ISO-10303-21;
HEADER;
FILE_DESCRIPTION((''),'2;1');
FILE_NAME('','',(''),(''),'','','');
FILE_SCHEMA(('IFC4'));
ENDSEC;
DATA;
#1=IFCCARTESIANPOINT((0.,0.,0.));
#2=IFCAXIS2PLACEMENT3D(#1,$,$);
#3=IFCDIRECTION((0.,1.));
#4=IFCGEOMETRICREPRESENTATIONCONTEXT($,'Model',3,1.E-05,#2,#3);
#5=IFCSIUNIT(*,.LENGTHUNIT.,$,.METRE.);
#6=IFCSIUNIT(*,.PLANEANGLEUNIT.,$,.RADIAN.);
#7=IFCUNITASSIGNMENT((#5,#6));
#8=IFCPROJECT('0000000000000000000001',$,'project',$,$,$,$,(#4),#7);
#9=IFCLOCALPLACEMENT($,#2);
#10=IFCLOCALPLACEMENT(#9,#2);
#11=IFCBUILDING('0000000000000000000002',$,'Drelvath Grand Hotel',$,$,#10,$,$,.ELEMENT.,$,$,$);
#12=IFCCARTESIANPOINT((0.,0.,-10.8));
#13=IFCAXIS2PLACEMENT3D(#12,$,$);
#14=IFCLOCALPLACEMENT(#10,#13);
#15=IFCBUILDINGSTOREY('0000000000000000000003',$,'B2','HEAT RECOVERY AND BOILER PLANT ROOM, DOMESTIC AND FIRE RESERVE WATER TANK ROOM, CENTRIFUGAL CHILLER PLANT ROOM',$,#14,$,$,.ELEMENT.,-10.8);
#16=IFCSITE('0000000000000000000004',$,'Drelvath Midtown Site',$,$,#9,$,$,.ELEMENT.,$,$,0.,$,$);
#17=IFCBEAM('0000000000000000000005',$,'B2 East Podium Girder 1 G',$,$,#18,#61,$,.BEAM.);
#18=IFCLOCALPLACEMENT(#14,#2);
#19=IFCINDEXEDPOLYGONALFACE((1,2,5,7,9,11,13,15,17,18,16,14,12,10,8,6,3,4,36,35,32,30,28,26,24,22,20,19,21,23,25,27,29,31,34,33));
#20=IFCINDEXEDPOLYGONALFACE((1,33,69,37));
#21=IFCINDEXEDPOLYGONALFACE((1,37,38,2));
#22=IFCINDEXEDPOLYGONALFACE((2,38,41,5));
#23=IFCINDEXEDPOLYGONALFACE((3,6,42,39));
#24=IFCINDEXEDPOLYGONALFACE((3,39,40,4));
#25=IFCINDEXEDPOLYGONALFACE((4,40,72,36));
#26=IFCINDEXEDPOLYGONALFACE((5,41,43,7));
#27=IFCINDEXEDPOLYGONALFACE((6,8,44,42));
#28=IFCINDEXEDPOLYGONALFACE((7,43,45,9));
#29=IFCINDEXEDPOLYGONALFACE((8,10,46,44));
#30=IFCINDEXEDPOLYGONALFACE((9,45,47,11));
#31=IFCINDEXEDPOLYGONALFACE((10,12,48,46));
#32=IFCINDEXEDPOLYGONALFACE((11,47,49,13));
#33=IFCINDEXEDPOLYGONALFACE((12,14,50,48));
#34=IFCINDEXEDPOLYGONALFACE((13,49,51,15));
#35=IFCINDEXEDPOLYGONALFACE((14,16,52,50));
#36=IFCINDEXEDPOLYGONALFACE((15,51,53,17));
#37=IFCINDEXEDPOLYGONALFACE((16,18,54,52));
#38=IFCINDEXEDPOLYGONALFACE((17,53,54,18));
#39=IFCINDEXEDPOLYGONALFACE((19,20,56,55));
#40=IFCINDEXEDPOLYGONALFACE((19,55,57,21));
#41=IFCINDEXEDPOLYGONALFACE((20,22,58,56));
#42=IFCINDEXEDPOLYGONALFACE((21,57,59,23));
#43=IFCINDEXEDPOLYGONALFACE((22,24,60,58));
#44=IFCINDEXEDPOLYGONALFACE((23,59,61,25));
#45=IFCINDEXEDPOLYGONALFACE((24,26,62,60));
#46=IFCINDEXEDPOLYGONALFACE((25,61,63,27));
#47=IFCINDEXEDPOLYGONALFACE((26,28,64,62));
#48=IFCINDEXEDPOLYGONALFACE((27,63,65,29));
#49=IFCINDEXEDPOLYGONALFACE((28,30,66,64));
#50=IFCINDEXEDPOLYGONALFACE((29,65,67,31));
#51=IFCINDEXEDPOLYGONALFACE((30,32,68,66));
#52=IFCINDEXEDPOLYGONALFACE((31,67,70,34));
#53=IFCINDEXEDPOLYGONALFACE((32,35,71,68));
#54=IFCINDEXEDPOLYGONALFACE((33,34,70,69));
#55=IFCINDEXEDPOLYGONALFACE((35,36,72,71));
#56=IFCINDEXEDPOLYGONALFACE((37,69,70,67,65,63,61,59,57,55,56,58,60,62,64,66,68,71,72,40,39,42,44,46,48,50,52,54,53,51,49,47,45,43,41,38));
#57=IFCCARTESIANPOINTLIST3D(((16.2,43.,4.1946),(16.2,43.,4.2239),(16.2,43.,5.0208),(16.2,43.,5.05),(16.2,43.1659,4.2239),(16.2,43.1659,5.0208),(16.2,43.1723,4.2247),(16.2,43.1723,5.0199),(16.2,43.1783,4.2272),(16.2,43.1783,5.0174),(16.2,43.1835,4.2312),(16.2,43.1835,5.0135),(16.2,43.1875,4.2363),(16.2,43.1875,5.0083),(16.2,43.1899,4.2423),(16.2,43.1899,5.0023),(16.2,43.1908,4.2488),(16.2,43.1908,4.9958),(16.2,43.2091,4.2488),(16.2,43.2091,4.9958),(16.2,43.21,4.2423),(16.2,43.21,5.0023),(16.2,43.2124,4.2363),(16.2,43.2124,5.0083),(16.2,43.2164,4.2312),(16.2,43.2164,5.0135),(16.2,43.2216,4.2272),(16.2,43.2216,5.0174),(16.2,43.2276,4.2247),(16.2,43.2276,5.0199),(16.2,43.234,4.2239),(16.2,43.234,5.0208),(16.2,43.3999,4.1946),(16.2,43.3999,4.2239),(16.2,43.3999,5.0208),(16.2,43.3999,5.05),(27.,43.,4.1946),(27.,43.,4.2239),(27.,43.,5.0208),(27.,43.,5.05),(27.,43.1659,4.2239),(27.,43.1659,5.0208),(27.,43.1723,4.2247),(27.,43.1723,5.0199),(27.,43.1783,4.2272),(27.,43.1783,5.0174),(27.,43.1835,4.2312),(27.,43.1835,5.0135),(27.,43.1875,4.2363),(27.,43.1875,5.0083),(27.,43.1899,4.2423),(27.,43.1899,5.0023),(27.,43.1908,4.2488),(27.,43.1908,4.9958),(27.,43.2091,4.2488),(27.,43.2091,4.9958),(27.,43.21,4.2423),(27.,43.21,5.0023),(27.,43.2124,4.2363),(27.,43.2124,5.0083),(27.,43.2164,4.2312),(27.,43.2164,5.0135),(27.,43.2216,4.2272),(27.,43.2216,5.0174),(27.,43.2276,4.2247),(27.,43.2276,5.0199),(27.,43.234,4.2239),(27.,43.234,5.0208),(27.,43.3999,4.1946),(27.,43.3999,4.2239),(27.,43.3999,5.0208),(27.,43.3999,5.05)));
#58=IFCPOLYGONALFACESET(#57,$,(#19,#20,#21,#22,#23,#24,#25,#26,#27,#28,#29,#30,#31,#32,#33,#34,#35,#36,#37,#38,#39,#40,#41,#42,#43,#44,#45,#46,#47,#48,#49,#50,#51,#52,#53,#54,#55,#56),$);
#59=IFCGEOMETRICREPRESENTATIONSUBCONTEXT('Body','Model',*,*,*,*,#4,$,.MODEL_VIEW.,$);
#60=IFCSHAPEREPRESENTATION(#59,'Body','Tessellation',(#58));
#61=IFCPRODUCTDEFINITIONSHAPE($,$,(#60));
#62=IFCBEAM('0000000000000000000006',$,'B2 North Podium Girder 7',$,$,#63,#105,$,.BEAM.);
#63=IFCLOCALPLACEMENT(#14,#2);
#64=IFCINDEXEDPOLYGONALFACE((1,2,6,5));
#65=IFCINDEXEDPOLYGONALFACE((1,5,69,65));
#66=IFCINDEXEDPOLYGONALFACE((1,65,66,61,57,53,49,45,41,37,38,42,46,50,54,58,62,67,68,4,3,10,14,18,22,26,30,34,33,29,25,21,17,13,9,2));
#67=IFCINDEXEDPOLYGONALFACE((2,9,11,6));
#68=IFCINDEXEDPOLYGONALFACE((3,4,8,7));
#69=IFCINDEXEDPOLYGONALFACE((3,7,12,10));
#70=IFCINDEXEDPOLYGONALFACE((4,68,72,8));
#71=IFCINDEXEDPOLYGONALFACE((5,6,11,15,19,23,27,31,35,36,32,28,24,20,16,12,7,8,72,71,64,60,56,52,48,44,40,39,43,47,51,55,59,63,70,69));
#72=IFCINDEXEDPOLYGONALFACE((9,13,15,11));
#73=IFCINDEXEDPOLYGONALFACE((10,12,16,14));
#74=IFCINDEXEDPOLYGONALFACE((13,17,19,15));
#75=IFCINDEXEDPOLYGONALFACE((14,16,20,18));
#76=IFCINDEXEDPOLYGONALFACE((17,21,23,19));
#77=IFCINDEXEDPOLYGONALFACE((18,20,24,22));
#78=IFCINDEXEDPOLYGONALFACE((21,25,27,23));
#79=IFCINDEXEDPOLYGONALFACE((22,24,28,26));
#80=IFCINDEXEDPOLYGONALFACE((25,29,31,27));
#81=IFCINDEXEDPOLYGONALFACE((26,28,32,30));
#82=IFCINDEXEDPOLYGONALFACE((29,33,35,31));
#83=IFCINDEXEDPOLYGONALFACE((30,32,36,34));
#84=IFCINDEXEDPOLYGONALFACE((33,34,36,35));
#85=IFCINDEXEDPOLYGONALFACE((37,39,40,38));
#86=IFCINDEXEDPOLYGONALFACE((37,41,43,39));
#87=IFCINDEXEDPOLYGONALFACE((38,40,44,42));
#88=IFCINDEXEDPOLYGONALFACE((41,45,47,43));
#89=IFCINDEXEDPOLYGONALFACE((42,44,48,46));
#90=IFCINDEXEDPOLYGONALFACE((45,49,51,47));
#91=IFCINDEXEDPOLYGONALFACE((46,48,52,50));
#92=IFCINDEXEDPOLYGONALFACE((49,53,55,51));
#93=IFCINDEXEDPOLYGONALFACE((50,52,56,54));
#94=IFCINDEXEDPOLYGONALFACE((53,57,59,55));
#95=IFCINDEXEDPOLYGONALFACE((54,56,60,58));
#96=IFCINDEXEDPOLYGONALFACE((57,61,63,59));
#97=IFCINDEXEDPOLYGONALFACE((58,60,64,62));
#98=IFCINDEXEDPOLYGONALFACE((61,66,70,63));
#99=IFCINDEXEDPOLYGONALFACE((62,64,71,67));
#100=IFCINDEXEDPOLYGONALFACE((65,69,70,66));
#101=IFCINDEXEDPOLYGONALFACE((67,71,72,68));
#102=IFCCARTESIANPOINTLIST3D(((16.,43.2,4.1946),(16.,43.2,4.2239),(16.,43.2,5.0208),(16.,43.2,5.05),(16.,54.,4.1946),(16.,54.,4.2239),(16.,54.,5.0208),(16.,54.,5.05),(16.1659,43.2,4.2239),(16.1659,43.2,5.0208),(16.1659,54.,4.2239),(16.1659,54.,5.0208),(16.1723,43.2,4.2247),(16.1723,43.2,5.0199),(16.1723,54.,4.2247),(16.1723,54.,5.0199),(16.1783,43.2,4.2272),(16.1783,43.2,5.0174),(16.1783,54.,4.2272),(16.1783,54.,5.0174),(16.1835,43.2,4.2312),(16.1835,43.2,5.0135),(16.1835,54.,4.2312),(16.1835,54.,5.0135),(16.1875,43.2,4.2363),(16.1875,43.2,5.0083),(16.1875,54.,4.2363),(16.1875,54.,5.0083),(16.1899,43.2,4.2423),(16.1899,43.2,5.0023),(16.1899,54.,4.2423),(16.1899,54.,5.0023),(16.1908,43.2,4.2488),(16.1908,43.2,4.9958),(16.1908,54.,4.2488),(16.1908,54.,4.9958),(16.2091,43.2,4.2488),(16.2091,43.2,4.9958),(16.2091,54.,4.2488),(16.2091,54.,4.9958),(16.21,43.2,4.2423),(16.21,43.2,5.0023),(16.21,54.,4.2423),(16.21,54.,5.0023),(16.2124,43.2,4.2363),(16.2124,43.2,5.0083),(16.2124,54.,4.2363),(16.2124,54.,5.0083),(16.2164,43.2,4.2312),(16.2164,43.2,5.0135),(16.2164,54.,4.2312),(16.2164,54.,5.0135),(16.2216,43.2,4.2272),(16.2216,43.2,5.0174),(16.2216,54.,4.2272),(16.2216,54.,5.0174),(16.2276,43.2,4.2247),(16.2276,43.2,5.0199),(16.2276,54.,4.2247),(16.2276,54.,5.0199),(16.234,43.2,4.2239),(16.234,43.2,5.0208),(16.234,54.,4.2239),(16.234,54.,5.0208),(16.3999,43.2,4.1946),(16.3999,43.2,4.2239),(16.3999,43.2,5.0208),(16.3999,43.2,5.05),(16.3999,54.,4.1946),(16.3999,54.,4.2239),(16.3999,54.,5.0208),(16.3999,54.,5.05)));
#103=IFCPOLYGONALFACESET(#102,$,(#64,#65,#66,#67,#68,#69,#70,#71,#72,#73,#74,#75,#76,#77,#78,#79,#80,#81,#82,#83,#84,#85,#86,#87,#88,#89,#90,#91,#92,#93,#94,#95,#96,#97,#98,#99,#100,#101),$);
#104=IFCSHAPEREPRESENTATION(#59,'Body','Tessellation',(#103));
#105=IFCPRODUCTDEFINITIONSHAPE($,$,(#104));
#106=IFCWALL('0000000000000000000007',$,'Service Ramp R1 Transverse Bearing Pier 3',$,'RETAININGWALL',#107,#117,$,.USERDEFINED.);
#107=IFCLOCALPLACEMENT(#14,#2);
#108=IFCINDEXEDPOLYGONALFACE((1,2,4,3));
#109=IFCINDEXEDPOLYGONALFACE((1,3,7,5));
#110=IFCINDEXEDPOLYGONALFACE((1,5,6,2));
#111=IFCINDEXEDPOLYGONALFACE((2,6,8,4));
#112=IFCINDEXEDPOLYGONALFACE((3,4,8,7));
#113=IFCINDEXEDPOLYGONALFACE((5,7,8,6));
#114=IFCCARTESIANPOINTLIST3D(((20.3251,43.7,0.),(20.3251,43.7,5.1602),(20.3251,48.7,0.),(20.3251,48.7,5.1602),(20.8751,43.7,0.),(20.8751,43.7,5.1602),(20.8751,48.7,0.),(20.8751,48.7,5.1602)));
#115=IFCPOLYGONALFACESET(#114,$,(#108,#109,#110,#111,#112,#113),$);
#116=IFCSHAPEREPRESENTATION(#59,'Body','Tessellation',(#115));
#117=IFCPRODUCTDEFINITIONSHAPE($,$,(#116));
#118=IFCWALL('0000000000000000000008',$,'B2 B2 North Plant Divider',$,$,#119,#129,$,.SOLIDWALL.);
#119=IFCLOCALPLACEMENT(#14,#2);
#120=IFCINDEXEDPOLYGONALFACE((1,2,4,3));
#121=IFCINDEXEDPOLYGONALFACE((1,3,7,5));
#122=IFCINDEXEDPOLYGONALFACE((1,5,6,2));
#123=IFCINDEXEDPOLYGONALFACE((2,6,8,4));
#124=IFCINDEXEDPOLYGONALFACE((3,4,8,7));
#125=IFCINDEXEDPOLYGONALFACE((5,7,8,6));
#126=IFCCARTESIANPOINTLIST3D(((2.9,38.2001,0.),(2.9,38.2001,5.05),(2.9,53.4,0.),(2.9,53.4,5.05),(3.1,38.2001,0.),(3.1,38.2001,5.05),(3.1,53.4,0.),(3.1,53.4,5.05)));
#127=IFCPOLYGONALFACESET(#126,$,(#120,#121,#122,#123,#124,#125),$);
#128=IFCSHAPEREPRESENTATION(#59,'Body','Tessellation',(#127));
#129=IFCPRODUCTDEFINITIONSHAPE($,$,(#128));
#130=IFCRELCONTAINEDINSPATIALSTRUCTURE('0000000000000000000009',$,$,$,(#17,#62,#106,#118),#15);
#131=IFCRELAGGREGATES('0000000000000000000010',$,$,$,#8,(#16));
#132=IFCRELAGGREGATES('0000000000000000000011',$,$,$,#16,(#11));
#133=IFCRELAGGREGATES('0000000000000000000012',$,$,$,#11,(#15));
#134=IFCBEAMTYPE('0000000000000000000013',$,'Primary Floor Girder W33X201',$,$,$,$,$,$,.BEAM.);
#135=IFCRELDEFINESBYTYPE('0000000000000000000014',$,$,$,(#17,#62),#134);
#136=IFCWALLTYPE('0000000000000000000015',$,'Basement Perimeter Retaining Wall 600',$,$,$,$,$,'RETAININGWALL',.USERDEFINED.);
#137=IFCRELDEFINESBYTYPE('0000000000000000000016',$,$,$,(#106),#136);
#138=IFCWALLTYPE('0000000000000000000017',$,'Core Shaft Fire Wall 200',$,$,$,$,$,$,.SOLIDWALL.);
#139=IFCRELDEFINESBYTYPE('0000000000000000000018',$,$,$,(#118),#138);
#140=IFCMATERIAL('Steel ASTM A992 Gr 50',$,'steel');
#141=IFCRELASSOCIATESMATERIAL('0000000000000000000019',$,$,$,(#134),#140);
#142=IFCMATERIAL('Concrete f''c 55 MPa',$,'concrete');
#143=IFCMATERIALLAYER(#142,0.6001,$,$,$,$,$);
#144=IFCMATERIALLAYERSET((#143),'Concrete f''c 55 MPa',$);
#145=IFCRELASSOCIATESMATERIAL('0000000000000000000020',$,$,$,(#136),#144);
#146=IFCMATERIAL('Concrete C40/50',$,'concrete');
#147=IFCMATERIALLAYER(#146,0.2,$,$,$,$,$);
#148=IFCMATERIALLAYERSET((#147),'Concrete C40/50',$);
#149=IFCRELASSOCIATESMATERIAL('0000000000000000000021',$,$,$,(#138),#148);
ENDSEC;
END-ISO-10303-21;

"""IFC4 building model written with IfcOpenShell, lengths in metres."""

from ifc_helpers import new_model, si_unit, direction, frame, frame_2d, origin, origin_2d, place, context, subcontext, project, spatial, rectangle, i_section, extrude, material, layer, layer_set, material_profile, profile_set, type_object, element, save


model = new_model("IFC4")

# Units and contexts
model_context = context("Model", 3, precision=1e-05, world=origin(), true_north=direction((0.0, 1.0)))
body_context = subcontext(model_context, "Body", "Model", "MODEL_VIEW")
ifc_project = project(units=[si_unit("LENGTHUNIT", "METRE"), si_unit("PLANEANGLEUNIT", "RADIAN")], contexts=[model_context])

# Site, building, storey
site_placement = place(None, origin())
site = spatial("IfcSite", under=ifc_project, at=site_placement, Name="Drelvath Midtown Site", CompositionType="ELEMENT", RefElevation=0.0)
building_placement = place(site_placement, origin())
building = spatial("IfcBuilding", under=site, at=building_placement, Name="Drelvath Grand Hotel", CompositionType="ELEMENT")
storey_placement = place(building_placement, frame((0.0, 0.0, -10.8)))
storey = spatial("IfcBuildingStorey", under=building, at=storey_placement, Name="B2", Description="HEAT RECOVERY AND BOILER PLANT ROOM, DOMESTIC AND FIRE RESERVE WATER TANK ROOM, CENTRIFUGAL CHILLER PLANT ROOM", CompositionType="ELEMENT", Elevation=-10.8)

# Shared definitions
ifc_material_1 = material(Name="Concrete f'c 55 MPa", Category="concrete")

# Beams
ifc_material_2 = material(Name="Steel ASTM A992 Gr 50", Category="steel")
ifc_material_profile_1 = material_profile(ifc_material_2, i_section(OverallWidth=0.3999, OverallDepth=0.8555, WebThickness=0.0183, FlangeThickness=0.0293, FilletRadius=0.0249, at=origin_2d()), Name="W33X201")
ifc_profile_set_1 = profile_set([ifc_material_profile_1], Name="Steel ASTM A992 Gr 50")
beam_type_1 = type_object("IfcBeamType", Name="Primary Floor Girder W33X201", PredefinedType="BEAM", material=ifc_profile_set_1)
for number, where, z_axis, x_axis, name in (
    (1, (16.2, 43.2, 4.6223), (1.0, 0.0, 0.0), (0.0, 1.0, 0.0), "B2 East Podium Girder 1 G"),
    (2, (16.2, 43.2, 4.6223), (0.0, 1.0, 0.0), (-1.0, 0.0, 0.0), "B2 North Podium Girder 7"),
):
    element("IfcBeam", number, at=place(storey_placement, frame(where, z_axis=z_axis, x_axis=x_axis)), inside=storey, type_object=beam_type_1, Name=name, PredefinedType="BEAM", context=body_context, shape_type="SweptSolid", body=[
        extrude(i_section(OverallWidth=0.3999, OverallDepth=0.8555, WebThickness=0.0183, FlangeThickness=0.0293, FilletRadius=0.0249, at=origin_2d()), origin(), (0.0, 0.0, 1.0), 10.8),
    ])

# Walls
ifc_layer_1 = layer(ifc_material_1, 0.6001)
ifc_layer_set_1 = layer_set([ifc_layer_1], Name="Concrete f'c 55 MPa")
wall_type_1 = type_object("IfcWallType", Name="Basement Perimeter Retaining Wall 600", ElementType="RETAININGWALL", PredefinedType="USERDEFINED", material=ifc_layer_set_1)
wall_1_placement = place(storey_placement, frame((20.6001, 43.7, 0.0), z_axis=(0.0, 0.0, 1.0), x_axis=(0.0, 1.0, 0.0)))
element("IfcWall", 3, at=wall_1_placement, inside=storey, type_object=wall_type_1, Name="Service Ramp R1 Transverse Bearing Pier 3", ObjectType="RETAININGWALL", PredefinedType="USERDEFINED", context=body_context, shape_type="SweptSolid", body=[
    extrude(rectangle(XDim=5.0, YDim=0.55, at=frame_2d((2.5, 0.0))), origin(), (0.0, 0.0, 1.0), 5.1602),
])
ifc_material_3 = material(Name="Concrete C40/50", Category="concrete")
ifc_layer_2 = layer(ifc_material_3, 0.2)
ifc_layer_set_2 = layer_set([ifc_layer_2], Name="Concrete C40/50")
wall_type_2 = type_object("IfcWallType", Name="Core Shaft Fire Wall 200", PredefinedType="SOLIDWALL", material=ifc_layer_set_2)
wall_2_placement = place(storey_placement, frame((3.0, 38.2, 0.0), z_axis=(0.0, 0.0, 1.0), x_axis=(0.0, 1.0, 0.0)))
element("IfcWall", 4, at=wall_2_placement, inside=storey, type_object=wall_type_2, Name="B2 B2 North Plant Divider", PredefinedType="SOLIDWALL", context=body_context, shape_type="SweptSolid", body=[
    extrude(rectangle(XDim=15.2, YDim=0.2, at=frame_2d((7.6001, 0.0))), origin(), (0.0, 0.0, 1.0), 5.05),
])

save(model, "model.ifc")
